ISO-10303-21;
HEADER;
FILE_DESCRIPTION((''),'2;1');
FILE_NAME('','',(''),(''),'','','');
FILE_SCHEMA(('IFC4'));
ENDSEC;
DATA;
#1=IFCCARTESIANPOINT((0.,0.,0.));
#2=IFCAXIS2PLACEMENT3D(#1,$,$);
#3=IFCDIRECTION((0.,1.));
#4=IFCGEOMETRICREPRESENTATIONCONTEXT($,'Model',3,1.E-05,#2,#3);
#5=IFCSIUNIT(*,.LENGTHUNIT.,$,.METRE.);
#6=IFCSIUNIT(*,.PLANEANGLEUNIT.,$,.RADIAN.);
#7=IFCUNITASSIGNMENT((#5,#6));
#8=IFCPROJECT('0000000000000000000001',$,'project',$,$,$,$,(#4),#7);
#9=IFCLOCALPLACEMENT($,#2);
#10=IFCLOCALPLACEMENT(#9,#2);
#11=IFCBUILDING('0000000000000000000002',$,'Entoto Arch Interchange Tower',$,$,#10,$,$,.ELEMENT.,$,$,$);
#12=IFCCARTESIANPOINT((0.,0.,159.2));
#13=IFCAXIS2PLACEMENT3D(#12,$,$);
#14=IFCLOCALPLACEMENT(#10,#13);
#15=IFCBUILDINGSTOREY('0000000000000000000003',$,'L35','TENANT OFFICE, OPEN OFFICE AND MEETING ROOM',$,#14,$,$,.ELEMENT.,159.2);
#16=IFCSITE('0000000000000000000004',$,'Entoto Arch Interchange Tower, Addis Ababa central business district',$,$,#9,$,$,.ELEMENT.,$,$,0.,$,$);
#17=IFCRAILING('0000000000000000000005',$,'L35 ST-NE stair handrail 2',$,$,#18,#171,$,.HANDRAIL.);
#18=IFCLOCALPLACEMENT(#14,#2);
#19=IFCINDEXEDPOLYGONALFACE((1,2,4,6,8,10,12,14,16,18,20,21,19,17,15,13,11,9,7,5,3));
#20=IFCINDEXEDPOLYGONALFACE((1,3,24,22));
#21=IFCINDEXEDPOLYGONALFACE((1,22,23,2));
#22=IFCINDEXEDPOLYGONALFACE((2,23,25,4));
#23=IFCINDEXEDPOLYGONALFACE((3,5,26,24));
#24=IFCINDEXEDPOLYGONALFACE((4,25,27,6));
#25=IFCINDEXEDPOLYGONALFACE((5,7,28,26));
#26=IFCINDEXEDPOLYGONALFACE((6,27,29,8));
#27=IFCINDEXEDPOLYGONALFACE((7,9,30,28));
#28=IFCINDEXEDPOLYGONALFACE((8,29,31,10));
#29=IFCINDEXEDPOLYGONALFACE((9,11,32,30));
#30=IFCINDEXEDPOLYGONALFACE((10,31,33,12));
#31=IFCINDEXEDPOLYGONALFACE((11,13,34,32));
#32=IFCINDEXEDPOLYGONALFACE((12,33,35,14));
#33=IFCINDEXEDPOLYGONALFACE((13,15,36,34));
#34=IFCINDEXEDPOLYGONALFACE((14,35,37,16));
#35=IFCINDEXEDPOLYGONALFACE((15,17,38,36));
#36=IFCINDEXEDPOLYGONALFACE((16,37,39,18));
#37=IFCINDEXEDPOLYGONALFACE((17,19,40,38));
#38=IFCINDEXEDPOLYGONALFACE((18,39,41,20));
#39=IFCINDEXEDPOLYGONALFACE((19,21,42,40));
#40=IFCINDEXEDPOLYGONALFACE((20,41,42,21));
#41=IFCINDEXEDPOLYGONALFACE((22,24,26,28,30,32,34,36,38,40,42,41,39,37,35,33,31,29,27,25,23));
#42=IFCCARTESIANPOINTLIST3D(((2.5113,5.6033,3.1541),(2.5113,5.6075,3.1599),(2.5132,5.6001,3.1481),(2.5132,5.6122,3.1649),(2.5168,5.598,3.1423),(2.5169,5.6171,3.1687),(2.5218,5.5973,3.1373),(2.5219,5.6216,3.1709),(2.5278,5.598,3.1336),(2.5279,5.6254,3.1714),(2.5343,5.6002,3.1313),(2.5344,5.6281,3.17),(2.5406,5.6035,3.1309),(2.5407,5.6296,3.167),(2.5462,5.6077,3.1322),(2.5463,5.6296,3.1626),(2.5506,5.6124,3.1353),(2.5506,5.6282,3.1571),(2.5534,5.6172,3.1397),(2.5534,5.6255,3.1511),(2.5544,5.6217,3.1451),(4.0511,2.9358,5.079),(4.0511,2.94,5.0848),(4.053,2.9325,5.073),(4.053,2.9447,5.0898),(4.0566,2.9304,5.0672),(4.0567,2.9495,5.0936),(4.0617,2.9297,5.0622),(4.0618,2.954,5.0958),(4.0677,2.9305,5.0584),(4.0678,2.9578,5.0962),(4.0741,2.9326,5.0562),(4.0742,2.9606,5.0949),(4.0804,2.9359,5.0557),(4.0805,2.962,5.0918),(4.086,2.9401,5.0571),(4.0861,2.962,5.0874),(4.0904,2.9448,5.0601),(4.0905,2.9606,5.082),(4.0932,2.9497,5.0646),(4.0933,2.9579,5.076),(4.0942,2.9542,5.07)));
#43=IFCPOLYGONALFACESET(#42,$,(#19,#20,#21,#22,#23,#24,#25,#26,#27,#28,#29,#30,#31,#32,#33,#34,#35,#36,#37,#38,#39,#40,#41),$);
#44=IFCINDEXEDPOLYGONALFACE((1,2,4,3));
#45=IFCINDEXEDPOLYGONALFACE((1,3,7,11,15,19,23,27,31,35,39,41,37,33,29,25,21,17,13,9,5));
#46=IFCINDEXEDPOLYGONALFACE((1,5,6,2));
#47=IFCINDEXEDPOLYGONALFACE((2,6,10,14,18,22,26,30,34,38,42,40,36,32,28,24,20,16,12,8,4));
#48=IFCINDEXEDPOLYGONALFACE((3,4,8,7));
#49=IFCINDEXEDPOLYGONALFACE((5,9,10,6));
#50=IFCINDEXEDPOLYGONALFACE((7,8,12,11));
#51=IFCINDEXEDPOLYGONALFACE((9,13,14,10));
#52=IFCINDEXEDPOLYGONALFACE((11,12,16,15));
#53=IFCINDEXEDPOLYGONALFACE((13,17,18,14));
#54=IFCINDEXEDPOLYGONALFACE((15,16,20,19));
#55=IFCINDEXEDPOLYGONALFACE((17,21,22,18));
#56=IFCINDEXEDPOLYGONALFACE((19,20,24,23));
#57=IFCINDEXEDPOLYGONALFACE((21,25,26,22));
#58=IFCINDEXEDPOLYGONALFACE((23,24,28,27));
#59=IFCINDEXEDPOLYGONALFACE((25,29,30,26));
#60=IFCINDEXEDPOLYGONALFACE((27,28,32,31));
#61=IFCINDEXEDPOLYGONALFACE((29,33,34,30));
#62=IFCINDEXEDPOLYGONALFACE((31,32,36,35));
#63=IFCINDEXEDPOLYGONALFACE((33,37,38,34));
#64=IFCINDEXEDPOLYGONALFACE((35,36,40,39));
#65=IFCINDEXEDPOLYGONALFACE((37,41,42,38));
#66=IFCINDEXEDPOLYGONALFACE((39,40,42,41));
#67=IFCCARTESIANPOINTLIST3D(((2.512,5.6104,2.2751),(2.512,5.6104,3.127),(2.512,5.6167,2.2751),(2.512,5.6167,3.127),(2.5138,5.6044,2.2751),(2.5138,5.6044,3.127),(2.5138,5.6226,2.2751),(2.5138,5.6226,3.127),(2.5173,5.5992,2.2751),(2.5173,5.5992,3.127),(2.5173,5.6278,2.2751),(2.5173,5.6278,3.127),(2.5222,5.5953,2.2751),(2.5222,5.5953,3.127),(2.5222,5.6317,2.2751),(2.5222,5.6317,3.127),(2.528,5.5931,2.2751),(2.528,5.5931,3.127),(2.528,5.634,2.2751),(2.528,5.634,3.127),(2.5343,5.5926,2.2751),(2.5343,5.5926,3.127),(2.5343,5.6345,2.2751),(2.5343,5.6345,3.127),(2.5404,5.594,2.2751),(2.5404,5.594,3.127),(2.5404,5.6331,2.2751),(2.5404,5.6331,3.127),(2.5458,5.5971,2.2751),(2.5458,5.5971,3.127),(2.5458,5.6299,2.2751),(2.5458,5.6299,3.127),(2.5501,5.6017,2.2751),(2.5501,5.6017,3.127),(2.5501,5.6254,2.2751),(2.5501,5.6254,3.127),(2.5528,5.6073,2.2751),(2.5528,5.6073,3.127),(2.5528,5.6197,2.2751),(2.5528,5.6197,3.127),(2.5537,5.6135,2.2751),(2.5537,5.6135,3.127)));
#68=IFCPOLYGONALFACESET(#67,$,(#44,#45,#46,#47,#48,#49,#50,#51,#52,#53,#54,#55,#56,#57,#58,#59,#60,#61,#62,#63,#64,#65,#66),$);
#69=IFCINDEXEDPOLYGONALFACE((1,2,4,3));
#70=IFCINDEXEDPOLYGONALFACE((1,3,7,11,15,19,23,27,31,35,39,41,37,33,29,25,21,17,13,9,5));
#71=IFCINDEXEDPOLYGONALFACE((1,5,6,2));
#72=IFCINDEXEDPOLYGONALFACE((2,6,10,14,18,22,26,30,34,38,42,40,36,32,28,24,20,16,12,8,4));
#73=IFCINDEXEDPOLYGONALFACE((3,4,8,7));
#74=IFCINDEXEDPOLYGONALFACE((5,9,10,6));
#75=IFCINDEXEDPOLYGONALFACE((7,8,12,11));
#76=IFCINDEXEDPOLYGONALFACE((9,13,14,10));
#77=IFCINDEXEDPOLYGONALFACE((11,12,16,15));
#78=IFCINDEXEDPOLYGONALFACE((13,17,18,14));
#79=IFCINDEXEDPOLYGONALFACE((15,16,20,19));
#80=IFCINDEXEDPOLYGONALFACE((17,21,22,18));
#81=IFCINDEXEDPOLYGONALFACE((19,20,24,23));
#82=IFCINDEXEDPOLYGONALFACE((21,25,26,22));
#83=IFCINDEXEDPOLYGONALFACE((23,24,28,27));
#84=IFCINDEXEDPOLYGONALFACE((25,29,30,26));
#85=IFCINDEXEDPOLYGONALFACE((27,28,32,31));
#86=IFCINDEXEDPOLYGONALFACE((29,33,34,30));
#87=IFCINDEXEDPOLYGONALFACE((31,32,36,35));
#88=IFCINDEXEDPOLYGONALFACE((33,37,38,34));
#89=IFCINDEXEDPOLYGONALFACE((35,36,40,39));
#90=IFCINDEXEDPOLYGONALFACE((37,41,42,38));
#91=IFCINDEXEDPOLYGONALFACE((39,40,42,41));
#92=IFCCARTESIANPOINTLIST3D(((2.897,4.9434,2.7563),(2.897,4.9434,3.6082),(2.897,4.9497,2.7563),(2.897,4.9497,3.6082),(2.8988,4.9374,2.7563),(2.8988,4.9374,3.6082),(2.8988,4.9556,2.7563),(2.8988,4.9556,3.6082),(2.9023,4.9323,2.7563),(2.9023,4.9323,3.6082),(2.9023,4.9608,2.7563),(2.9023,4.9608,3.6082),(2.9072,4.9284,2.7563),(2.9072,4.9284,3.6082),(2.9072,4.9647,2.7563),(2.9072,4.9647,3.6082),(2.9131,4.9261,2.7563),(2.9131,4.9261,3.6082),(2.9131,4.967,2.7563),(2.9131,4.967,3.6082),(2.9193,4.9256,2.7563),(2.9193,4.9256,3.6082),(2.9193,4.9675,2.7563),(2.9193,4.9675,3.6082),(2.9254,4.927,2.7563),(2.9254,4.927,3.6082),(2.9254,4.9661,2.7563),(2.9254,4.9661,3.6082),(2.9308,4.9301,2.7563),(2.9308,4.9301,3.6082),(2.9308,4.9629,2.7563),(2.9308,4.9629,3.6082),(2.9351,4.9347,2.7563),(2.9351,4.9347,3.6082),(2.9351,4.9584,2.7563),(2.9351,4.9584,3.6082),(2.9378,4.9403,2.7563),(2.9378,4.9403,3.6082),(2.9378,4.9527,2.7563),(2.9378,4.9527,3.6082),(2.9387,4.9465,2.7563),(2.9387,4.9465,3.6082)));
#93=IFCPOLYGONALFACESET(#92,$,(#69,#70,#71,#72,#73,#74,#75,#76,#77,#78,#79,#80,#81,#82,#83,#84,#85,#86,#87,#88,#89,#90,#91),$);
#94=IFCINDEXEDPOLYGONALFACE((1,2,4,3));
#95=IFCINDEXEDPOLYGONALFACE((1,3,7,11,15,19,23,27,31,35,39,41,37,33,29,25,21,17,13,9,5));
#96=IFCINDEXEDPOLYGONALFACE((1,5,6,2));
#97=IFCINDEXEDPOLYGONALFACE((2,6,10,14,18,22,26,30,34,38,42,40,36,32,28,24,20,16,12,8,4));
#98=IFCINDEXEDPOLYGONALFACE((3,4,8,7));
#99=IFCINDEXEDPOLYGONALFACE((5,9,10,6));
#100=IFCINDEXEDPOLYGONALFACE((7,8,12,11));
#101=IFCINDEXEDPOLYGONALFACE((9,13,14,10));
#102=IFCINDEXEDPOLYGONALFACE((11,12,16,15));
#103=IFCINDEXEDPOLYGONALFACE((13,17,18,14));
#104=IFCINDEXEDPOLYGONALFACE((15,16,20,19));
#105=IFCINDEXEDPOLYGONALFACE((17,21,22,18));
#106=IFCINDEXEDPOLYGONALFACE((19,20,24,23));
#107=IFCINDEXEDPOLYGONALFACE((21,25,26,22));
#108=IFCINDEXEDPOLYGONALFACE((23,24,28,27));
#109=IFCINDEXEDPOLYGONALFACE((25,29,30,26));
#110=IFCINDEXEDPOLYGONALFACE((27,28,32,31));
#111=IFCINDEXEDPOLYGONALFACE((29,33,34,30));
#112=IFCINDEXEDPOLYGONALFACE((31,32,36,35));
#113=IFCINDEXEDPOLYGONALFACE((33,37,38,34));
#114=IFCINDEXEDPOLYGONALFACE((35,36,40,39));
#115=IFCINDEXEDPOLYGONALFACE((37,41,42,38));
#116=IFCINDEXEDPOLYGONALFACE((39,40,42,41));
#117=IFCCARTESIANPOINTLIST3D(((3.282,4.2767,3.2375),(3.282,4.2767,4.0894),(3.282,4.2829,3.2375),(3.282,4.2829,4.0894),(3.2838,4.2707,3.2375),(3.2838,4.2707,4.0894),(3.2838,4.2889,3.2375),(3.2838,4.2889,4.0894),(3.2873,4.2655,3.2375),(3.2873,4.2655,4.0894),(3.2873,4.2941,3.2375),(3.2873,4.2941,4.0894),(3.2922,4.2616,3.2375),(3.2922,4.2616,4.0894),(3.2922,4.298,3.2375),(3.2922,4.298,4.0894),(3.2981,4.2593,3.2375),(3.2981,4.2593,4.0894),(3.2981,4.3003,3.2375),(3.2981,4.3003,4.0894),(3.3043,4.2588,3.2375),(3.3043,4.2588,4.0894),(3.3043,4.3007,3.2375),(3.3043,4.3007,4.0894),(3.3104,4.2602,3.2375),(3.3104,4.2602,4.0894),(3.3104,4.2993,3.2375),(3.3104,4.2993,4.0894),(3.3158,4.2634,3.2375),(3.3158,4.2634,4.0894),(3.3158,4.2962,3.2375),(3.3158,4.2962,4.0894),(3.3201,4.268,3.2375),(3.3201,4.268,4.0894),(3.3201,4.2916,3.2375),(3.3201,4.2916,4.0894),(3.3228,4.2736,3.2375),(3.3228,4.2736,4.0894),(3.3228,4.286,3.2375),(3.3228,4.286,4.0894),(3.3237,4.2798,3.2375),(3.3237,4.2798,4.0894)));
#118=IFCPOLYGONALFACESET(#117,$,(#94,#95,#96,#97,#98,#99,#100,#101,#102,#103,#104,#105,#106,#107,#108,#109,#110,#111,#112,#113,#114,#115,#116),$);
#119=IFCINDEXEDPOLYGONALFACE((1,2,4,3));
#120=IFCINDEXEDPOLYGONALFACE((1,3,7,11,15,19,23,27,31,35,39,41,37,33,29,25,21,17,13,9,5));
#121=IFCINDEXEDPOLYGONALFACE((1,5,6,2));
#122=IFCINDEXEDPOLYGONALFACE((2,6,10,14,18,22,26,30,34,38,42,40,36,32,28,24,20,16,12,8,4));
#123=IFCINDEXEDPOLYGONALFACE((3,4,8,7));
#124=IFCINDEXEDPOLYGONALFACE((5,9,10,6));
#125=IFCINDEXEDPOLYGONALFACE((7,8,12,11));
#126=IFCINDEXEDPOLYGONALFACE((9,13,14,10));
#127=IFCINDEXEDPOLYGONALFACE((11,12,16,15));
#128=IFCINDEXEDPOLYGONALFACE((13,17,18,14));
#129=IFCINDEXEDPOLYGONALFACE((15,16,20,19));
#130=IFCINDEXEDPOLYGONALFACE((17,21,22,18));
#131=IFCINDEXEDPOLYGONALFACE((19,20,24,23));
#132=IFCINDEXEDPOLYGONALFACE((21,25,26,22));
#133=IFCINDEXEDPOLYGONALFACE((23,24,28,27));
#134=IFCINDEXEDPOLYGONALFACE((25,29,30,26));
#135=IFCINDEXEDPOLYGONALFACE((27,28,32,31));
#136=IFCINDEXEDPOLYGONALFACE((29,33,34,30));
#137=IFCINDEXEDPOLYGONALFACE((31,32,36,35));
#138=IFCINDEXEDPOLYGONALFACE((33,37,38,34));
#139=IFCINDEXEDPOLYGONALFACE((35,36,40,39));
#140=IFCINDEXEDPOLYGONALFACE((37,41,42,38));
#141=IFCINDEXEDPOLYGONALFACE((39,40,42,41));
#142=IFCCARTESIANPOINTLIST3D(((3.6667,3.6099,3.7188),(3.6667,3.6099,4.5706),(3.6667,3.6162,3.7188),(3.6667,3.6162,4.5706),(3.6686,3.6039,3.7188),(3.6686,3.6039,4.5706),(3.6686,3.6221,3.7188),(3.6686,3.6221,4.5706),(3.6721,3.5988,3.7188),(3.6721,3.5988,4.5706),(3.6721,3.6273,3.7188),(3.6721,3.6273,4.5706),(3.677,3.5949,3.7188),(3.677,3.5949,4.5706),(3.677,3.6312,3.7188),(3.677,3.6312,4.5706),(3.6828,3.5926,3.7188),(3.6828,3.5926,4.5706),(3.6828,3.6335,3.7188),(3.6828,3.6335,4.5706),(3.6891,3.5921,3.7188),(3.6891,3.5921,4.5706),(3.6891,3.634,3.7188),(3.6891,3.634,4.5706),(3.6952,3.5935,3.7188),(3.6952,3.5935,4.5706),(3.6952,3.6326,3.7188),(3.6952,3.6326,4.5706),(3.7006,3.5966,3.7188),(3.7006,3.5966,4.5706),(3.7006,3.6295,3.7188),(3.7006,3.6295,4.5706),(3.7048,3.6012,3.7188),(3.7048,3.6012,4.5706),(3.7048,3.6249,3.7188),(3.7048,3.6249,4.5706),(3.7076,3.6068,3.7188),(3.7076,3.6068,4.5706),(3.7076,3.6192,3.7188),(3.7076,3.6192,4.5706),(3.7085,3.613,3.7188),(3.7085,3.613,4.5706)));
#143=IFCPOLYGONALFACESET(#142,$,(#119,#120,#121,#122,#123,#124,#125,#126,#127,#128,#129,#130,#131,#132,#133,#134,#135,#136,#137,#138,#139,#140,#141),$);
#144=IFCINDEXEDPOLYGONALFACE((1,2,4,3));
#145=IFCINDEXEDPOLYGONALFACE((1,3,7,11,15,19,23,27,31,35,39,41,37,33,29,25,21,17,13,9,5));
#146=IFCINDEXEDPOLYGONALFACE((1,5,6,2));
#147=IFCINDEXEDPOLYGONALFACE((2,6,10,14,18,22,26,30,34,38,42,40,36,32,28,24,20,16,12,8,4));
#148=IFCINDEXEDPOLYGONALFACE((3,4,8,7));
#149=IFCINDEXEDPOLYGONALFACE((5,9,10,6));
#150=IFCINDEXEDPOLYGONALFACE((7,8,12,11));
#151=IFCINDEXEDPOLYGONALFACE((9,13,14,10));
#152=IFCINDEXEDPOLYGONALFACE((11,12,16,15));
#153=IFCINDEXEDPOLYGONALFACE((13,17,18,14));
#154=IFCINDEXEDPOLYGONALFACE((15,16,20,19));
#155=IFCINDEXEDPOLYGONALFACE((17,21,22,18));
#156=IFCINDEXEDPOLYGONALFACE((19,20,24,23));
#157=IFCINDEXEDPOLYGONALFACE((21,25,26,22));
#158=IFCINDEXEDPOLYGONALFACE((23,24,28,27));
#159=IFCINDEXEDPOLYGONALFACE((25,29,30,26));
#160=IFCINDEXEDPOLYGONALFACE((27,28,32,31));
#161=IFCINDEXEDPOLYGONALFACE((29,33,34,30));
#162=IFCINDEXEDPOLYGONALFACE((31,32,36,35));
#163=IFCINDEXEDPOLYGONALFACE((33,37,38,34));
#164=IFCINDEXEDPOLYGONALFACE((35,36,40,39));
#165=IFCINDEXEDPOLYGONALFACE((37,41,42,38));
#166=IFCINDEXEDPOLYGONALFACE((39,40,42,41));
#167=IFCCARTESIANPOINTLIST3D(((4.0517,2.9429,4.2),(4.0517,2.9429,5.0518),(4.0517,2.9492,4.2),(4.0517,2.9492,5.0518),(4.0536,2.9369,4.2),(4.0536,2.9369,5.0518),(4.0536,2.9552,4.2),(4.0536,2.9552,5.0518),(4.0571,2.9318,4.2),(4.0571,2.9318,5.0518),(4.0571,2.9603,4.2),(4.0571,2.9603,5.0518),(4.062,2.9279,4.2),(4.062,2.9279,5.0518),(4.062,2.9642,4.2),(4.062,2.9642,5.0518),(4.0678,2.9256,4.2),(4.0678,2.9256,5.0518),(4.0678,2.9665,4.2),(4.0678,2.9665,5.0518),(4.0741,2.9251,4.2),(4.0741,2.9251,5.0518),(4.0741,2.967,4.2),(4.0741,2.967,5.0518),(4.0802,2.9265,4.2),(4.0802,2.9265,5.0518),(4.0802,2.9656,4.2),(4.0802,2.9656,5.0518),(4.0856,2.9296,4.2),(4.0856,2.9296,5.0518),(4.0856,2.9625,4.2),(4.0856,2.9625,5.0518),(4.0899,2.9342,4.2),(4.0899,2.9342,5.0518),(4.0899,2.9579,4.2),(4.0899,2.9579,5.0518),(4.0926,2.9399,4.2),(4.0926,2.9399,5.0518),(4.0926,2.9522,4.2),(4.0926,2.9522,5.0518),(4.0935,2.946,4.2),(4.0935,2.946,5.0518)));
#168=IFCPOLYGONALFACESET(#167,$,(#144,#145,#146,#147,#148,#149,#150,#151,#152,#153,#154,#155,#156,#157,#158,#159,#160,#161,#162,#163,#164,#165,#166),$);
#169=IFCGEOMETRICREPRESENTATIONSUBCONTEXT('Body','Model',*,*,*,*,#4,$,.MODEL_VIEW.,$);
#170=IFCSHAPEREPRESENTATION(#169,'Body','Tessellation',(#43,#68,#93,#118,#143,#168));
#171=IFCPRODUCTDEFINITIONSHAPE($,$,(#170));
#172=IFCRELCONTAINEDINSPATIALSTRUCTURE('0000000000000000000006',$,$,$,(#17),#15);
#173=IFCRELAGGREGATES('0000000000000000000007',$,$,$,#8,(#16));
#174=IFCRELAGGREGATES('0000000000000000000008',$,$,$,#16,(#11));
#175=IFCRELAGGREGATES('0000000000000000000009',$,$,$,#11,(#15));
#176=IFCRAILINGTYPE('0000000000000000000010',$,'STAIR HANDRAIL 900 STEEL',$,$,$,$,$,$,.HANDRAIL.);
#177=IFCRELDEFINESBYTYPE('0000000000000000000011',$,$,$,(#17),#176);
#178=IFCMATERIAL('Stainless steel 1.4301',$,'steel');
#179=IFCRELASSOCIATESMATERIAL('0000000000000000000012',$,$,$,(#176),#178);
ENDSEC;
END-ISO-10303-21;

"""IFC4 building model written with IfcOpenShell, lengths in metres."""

from ifc_helpers import new_model, si_unit, direction, frame, origin, origin_2d, place, context, subcontext, project, spatial, circle, extrude, material, type_object, element, save


model = new_model("IFC4")

# Units and contexts
model_context = context("Model", 3, precision=1e-05, world=origin(), true_north=direction((0.0, 1.0)))
body_context = subcontext(model_context, "Body", "Model", "MODEL_VIEW")
ifc_project = project(units=[si_unit("LENGTHUNIT", "METRE"), si_unit("PLANEANGLEUNIT", "RADIAN")], contexts=[model_context])

# Site, building, storey
site_placement = place(None, origin())
site = spatial("IfcSite", under=ifc_project, at=site_placement, Name="Entoto Arch Interchange Tower, Addis Ababa central business district", CompositionType="ELEMENT", RefElevation=0.0)
building_placement = place(site_placement, origin())
building = spatial("IfcBuilding", under=site, at=building_placement, Name="Entoto Arch Interchange Tower", CompositionType="ELEMENT")
storey_placement = place(building_placement, frame((0.0, 0.0, 159.2)))
storey = spatial("IfcBuildingStorey", under=building, at=storey_placement, Name="L35", Description="TENANT OFFICE, OPEN OFFICE AND MEETING ROOM", CompositionType="ELEMENT", Elevation=159.2)

# Railing
ifc_material_1 = material(Name="Stainless steel 1.4301", Category="steel")
railing_type = type_object("IfcRailingType", Name="STAIR HANDRAIL 900 STEEL", PredefinedType="HANDRAIL", material=ifc_material_1)
railing_placement = place(storey_placement, frame((2.5327, 5.6135, 2.2751)))
element("IfcRailing", 1, at=railing_placement, inside=storey, type_object=railing_type, Name="L35 ST-NE stair handrail 2", PredefinedType="HANDRAIL", context=body_context, shape_type="SweptSolid", body=[
    extrude(circle(Radius=0.0239, at=origin_2d()), frame((0.0, 0.0, 0.876), z_axis=(0.423954, -0.734442, 0.52996), x_axis=(0.866064, 0.499933, 0.0)), (0.0, 0.0, 1.0), 3.6321),
    extrude(circle(Radius=0.021, at=origin_2d()), origin(), (0.0, 0.0, 1.0), 0.8518),
    extrude(circle(Radius=0.021, at=origin_2d()), frame((0.385, -0.667, 0.4812)), (0.0, 0.0, 1.0), 0.8518),
    extrude(circle(Radius=0.021, at=origin_2d()), frame((0.77, -1.3337, 0.9624)), (0.0, 0.0, 1.0), 0.8518),
    extrude(circle(Radius=0.021, at=origin_2d()), frame((1.1548, -2.0005, 1.4436)), (0.0, 0.0, 1.0), 0.8518),
    extrude(circle(Radius=0.021, at=origin_2d()), frame((1.5398, -2.6675, 1.9248)), (0.0, 0.0, 1.0), 0.8518),
])

save(model, "model.ifc")
